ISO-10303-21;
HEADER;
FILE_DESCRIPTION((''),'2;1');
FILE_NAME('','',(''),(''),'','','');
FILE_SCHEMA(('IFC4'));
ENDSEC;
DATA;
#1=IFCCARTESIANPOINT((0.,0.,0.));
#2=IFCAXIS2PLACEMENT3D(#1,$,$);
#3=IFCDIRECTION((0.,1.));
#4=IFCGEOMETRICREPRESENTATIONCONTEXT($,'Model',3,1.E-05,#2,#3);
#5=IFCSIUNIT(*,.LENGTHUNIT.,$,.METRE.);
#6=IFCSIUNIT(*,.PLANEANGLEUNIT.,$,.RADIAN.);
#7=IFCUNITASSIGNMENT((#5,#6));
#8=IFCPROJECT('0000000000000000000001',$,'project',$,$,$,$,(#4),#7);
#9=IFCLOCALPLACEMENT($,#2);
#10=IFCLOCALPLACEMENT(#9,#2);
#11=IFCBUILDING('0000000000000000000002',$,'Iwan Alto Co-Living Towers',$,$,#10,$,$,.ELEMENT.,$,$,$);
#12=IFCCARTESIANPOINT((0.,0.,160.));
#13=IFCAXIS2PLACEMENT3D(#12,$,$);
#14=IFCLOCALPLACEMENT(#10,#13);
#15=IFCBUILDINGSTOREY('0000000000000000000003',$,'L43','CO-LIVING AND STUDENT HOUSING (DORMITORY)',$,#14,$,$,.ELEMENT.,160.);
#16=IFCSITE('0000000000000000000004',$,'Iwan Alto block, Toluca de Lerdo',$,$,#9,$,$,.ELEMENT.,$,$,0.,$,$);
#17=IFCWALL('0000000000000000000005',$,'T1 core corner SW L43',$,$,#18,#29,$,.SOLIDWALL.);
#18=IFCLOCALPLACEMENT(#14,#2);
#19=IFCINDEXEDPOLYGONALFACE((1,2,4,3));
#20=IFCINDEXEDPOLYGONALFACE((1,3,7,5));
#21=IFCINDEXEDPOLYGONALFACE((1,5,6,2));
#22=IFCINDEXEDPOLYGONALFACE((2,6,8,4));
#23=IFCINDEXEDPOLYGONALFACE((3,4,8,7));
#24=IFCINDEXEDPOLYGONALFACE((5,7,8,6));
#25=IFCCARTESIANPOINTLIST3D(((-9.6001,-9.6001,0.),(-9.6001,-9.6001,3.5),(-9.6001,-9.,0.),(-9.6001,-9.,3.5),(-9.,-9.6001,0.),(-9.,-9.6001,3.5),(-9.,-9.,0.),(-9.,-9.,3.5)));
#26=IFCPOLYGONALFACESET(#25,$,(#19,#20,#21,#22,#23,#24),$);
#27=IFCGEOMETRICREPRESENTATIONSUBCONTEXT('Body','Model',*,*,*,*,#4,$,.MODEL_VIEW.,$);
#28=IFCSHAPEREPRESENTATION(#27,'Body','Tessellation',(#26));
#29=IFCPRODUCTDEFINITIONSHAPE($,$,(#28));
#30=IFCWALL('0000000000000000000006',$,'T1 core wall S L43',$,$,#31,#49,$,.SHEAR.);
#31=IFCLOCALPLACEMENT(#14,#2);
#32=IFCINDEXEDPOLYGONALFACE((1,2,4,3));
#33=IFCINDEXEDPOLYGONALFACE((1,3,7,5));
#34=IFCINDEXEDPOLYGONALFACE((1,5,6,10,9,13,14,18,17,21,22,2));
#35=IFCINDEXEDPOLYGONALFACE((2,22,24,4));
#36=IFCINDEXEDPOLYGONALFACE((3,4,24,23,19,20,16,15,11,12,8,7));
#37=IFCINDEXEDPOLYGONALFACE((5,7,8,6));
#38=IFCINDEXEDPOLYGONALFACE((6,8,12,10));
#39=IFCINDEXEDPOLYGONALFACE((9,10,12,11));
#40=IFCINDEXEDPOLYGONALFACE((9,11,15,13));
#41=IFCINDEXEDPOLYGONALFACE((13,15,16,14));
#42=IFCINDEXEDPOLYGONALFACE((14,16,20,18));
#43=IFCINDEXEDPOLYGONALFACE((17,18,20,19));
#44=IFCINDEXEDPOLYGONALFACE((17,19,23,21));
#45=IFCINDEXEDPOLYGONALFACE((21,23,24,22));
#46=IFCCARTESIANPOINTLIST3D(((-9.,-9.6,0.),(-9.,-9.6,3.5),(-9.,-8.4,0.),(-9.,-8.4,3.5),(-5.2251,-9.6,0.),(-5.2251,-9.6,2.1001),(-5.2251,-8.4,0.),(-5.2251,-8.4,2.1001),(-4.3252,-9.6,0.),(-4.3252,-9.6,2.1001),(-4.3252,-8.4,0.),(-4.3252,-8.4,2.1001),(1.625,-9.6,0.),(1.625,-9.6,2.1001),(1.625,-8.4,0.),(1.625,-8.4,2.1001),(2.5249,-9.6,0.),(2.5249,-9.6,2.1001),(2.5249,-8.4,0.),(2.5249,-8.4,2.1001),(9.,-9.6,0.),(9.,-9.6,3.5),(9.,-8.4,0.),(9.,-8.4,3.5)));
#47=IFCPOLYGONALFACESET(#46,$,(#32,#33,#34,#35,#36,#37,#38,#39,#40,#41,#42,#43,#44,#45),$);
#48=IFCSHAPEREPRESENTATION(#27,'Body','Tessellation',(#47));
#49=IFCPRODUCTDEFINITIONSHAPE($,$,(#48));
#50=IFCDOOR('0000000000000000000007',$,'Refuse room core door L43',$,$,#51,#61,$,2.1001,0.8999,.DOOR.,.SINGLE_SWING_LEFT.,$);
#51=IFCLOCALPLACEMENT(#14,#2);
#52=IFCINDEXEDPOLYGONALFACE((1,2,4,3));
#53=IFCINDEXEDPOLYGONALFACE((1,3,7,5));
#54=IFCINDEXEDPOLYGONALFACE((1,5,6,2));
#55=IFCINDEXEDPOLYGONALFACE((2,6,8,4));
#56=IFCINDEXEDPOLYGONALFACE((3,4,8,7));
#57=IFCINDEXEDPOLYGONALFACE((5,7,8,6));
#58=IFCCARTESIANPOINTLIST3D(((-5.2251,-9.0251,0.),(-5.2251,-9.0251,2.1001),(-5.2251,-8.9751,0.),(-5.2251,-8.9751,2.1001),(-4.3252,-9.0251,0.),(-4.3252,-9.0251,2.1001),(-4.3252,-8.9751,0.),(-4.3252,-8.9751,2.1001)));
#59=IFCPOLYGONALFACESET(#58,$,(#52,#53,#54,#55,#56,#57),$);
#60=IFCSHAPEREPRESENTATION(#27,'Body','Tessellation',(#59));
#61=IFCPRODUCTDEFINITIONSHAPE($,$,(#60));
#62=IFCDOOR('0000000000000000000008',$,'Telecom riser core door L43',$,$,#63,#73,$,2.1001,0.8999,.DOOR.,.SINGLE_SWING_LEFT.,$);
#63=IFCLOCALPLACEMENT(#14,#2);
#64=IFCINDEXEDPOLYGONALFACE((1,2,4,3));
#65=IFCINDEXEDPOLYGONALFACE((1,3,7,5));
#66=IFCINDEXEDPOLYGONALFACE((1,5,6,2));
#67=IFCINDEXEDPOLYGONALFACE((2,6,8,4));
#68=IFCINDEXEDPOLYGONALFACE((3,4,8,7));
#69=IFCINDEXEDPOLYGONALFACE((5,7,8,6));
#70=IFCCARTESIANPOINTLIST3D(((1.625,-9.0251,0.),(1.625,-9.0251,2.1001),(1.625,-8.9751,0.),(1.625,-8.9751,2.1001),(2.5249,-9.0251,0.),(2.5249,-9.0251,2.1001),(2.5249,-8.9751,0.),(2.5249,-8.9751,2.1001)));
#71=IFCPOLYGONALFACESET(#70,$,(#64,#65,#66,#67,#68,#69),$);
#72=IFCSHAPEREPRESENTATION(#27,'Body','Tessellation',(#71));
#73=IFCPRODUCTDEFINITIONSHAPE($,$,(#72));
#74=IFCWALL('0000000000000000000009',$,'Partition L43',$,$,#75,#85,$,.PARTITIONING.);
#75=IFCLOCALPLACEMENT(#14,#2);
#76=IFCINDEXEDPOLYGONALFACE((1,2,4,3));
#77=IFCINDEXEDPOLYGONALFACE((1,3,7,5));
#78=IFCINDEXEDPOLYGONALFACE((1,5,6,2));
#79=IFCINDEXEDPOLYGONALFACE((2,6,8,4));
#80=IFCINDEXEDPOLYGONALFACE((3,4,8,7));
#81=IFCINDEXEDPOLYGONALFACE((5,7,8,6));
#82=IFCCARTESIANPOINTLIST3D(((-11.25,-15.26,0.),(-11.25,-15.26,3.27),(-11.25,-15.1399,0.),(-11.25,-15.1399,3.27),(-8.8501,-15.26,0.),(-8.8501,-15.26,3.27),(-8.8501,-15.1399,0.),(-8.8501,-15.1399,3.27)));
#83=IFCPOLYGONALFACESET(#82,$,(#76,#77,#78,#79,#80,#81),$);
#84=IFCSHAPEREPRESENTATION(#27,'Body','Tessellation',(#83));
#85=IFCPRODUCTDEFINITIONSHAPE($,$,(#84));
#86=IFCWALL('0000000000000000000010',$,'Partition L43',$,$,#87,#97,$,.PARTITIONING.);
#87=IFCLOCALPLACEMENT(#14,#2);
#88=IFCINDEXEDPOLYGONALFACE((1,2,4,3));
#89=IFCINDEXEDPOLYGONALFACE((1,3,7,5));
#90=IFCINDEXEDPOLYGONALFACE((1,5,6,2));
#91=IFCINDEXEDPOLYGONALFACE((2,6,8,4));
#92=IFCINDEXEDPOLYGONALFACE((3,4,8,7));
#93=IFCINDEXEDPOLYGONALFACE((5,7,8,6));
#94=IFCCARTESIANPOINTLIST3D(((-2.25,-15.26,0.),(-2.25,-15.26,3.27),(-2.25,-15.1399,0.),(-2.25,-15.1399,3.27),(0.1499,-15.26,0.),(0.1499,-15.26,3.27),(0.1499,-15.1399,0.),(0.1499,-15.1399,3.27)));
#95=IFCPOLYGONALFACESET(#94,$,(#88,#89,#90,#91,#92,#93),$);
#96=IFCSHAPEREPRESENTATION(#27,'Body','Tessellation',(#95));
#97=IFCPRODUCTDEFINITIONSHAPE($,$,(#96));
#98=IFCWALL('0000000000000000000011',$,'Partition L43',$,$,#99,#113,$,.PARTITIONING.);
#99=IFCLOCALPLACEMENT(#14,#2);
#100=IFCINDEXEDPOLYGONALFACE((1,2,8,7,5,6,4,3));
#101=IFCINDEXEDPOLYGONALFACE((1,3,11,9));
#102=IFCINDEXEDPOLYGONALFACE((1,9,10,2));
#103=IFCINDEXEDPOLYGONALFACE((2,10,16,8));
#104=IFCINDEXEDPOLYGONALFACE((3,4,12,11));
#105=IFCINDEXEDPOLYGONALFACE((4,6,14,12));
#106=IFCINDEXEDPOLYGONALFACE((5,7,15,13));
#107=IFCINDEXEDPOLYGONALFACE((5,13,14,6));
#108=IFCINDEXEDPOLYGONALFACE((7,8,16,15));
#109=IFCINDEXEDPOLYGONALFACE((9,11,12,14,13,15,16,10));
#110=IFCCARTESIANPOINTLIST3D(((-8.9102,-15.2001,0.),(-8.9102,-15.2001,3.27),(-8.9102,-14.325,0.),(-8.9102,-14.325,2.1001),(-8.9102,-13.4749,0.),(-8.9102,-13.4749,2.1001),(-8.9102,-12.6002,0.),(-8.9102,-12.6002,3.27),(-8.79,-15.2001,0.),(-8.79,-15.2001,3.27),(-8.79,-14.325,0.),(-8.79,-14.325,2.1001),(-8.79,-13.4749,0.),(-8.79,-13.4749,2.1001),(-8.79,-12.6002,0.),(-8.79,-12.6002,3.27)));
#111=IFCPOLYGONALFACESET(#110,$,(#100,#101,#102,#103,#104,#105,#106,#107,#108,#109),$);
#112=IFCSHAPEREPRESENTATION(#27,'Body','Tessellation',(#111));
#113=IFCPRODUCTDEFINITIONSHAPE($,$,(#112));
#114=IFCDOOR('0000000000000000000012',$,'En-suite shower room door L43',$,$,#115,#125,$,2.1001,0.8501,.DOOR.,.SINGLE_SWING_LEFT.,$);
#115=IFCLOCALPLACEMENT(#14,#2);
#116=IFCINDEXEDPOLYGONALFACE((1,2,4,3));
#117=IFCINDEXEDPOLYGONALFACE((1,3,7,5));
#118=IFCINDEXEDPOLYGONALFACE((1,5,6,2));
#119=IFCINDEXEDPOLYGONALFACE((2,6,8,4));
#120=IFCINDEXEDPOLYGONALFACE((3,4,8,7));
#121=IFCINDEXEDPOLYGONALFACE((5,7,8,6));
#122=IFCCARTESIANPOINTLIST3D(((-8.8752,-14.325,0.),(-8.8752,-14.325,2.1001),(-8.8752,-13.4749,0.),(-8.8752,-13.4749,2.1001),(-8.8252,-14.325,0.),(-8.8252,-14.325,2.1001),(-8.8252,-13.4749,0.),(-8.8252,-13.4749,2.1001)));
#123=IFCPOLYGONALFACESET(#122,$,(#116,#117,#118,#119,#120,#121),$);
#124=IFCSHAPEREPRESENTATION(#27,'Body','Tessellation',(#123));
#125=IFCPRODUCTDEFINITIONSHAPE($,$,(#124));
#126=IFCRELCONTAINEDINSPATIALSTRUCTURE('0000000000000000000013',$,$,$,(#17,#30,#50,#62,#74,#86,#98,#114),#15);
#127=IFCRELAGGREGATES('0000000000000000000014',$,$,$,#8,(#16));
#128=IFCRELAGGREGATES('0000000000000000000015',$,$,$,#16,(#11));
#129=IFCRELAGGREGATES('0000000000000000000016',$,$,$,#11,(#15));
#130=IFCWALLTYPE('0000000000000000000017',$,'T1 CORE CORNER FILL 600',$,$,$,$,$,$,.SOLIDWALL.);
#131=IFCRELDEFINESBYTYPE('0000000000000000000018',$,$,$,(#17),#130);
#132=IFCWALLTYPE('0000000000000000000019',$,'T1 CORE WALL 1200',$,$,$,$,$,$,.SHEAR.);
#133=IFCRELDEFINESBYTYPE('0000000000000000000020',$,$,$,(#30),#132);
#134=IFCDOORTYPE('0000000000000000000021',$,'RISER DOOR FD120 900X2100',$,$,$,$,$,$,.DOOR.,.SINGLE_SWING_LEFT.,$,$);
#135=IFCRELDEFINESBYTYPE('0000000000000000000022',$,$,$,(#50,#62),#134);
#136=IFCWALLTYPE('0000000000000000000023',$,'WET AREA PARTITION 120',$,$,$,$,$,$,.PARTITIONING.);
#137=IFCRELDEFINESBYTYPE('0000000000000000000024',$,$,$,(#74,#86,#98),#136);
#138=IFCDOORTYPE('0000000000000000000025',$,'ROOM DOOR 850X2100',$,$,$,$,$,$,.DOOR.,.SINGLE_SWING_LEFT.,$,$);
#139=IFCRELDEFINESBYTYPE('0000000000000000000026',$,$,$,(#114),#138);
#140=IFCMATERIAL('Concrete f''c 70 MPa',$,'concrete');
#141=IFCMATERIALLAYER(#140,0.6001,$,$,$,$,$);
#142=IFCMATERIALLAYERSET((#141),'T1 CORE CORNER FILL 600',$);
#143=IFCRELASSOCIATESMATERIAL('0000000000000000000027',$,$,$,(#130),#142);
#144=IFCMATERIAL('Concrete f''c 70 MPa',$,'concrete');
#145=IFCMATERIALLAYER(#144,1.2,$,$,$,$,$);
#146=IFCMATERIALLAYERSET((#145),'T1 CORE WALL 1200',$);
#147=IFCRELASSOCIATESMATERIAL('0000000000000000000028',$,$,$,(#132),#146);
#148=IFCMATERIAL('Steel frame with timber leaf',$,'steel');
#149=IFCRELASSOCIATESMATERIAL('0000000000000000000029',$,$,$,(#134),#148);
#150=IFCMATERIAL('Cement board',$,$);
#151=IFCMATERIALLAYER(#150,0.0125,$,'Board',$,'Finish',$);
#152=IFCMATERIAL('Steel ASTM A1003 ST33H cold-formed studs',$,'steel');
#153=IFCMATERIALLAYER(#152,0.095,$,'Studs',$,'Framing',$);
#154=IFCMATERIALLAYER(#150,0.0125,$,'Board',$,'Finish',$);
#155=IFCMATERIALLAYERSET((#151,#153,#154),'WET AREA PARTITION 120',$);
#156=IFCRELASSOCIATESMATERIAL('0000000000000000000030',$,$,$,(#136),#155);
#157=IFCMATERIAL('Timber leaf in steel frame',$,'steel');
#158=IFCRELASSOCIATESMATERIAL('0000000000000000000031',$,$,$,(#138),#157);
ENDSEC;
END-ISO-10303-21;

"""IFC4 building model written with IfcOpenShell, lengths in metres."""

from ifc_helpers import new_model, si_unit, direction, frame, frame_2d, origin, place, context, subcontext, project, spatial, rectangle, extrude, material, layer, layer_set, type_object, element, fill, save


model = new_model("IFC4")

# Units and contexts
model_context = context("Model", 3, precision=1e-05, world=origin(), true_north=direction((0.0, 1.0)))
body_context = subcontext(model_context, "Body", "Model", "MODEL_VIEW")
ifc_project = project(units=[si_unit("LENGTHUNIT", "METRE"), si_unit("PLANEANGLEUNIT", "RADIAN")], contexts=[model_context])

# Site, building, storey
site_placement = place(None, origin())
site = spatial("IfcSite", under=ifc_project, at=site_placement, Name="Iwan Alto block, Toluca de Lerdo", CompositionType="ELEMENT", RefElevation=0.0)
building_placement = place(site_placement, origin())
building = spatial("IfcBuilding", under=site, at=building_placement, Name="Iwan Alto Co-Living Towers", CompositionType="ELEMENT")
storey_placement = place(building_placement, frame((0.0, 0.0, 160.0)))
storey = spatial("IfcBuildingStorey", under=building, at=storey_placement, Name="L43", Description="CO-LIVING AND STUDENT HOUSING (DORMITORY)", CompositionType="ELEMENT", Elevation=160.0)

# Shared definitions
ifc_material_1 = material(Name="Steel ASTM A1003 ST33H cold-formed studs", Category="steel")

# Wall
ifc_material_2 = material(Name="Concrete f'c 70 MPa", Category="concrete")
ifc_layer_1 = layer(ifc_material_2, 0.6001)
ifc_layer_set_1 = layer_set([ifc_layer_1], Name="T1 CORE CORNER FILL 600")
wall_type_1 = type_object("IfcWallType", Name="T1 CORE CORNER FILL 600", PredefinedType="SOLIDWALL", material=ifc_layer_set_1)
wall_1_placement = place(storey_placement, frame((-9.6001, -9.3, 0.0), z_axis=(0.0, 0.0, 1.0), x_axis=(1.0, 0.0, 0.0)))
element("IfcWall", 1, at=wall_1_placement, inside=storey, type_object=wall_type_1, Name="T1 core corner SW L43", PredefinedType="SOLIDWALL", context=body_context, shape_type="SweptSolid", body=[
    extrude(rectangle(XDim=0.6001, YDim=0.6001, at=frame_2d((0.3, 0.0))), origin(), (0.0, 0.0, 1.0), 3.5),
])

# Wall, openings, doors
ifc_material_3 = material(Name="Concrete f'c 70 MPa", Category="concrete")
ifc_layer_2 = layer(ifc_material_3, 1.2)
ifc_layer_set_2 = layer_set([ifc_layer_2], Name="T1 CORE WALL 1200")
wall_type_2 = type_object("IfcWallType", Name="T1 CORE WALL 1200", PredefinedType="SHEAR", material=ifc_layer_set_2)
wall_2_placement = place(storey_placement, frame((-9.0, -9.0, 0.0), z_axis=(0.0, 0.0, 1.0), x_axis=(1.0, 0.0, 0.0)))
wall_2 = element("IfcWall", 2, at=wall_2_placement, inside=storey, type_object=wall_type_2, Name="T1 core wall S L43", PredefinedType="SHEAR", context=body_context, shape_type="SweptSolid", body=[
    extrude(rectangle(XDim=18.0, YDim=1.2, at=frame_2d((9.0, 0.0))), origin(), (0.0, 0.0, 1.0), 3.5),
])
opening_1_placement = place(wall_2_placement, frame((3.7749, 0.0, 0.0)))
opening_1 = element("IfcOpeningElement", 3, at=opening_1_placement, cuts=wall_2, PredefinedType="OPENING", context=body_context, shape_type="SweptSolid", body=[
    extrude(rectangle(XDim=0.8999, YDim=2.1001, at=frame_2d((0.45, 1.05))), frame((0.0, 0.6099, 0.0), z_axis=(0.0, -1.0, 0.0), x_axis=(1.0, 0.0, 0.0)), (0.0, 0.0, 1.0), 1.22),
])
opening_2_placement = place(wall_2_placement, frame((10.625, 0.0, 0.0)))
opening_2 = element("IfcOpeningElement", 4, at=opening_2_placement, cuts=wall_2, PredefinedType="OPENING", context=body_context, shape_type="SweptSolid", body=[
    extrude(rectangle(XDim=0.8999, YDim=2.1001, at=frame_2d((0.45, 1.05))), frame((0.0, 0.6099, 0.0), z_axis=(0.0, -1.0, 0.0), x_axis=(1.0, 0.0, 0.0)), (0.0, 0.0, 1.0), 1.22),
])
ifc_material_4 = material(Name="Steel frame with timber leaf", Category="steel")
door_type_1 = type_object("IfcDoorType", Name="RISER DOOR FD120 900X2100", OperationType="SINGLE_SWING_LEFT", PredefinedType="DOOR", material=ifc_material_4)
door_1_placement = place(opening_1_placement, origin())
door_1 = element("IfcDoor", 5, at=door_1_placement, inside=storey, type_object=door_type_1, Name="Refuse room core door L43", OperationType="SINGLE_SWING_LEFT", OverallHeight=2.1001, OverallWidth=0.8999, PredefinedType="DOOR", context=body_context, shape_type="SweptSolid", body=[
    extrude(rectangle(XDim=0.8999, YDim=2.1001, at=frame_2d((0.45, 1.05))), frame((0.0, 0.0249, 0.0), z_axis=(0.0, -1.0, 0.0), x_axis=(1.0, 0.0, 0.0)), (0.0, 0.0, 1.0), 0.05),
])
fill(opening_1, door_1)
door_2_placement = place(opening_2_placement, origin())
door_2 = element("IfcDoor", 6, at=door_2_placement, inside=storey, type_object=door_type_1, Name="Telecom riser core door L43", OperationType="SINGLE_SWING_LEFT", OverallHeight=2.1001, OverallWidth=0.8999, PredefinedType="DOOR", context=body_context, shape_type="SweptSolid", body=[
    extrude(rectangle(XDim=0.8999, YDim=2.1001, at=frame_2d((0.45, 1.05))), frame((0.0, 0.0249, 0.0), z_axis=(0.0, -1.0, 0.0), x_axis=(1.0, 0.0, 0.0)), (0.0, 0.0, 1.0), 0.05),
])
fill(opening_2, door_2)

# Walls
ifc_material_5 = material(Name="Cement board")
ifc_layer_3 = layer(ifc_material_5, 0.0125, Name="Board", Category="Finish")
ifc_layer_4 = layer(ifc_material_1, 0.095, Name="Studs", Category="Framing")
ifc_layer_5 = layer(ifc_material_5, 0.0125, Name="Board", Category="Finish")
ifc_layer_set_3 = layer_set([ifc_layer_3, ifc_layer_4, ifc_layer_5], Name="WET AREA PARTITION 120")
wall_type_3 = type_object("IfcWallType", Name="WET AREA PARTITION 120", PredefinedType="PARTITIONING", material=ifc_layer_set_3)
for number, where, z_axis, x_axis, name in (
    (7, (-11.25, -15.2, 0.0), (0.0, 0.0, 1.0), (1.0, 0.0, 0.0), "Partition L43"),
    (8, (-2.25, -15.2, 0.0), (0.0, 0.0, 1.0), (1.0, 0.0, 0.0), "Partition L43"),
):
    element("IfcWall", number, at=place(storey_placement, frame(where, z_axis=z_axis, x_axis=x_axis)), inside=storey, type_object=wall_type_3, Name=name, PredefinedType="PARTITIONING", context=body_context, shape_type="SweptSolid", body=[
        extrude(rectangle(XDim=2.3999, YDim=0.1201, at=frame_2d((1.2, 0.0))), origin(), (0.0, 0.0, 1.0), 3.27),
    ])

# Wall, opening, door
wall_3_placement = place(storey_placement, frame((-8.8501, -15.2, 0.0), z_axis=(0.0, 0.0, 1.0), x_axis=(0.0, 1.0, 0.0)))
wall_3 = element("IfcWall", 9, at=wall_3_placement, inside=storey, type_object=wall_type_3, Name="Partition L43", PredefinedType="PARTITIONING", context=body_context, shape_type="SweptSolid", body=[
    extrude(rectangle(XDim=2.5999, YDim=0.1201, at=frame_2d((1.2998, 0.0))), origin(), (0.0, 0.0, 1.0), 3.27),
])
opening_3_placement = place(wall_3_placement, frame((0.875, 0.0, 0.0)))
opening_3 = element("IfcOpeningElement", 10, at=opening_3_placement, cuts=wall_3, PredefinedType="OPENING", context=body_context, shape_type="SweptSolid", body=[
    extrude(rectangle(XDim=0.8501, YDim=2.1001, at=frame_2d((0.425, 1.05))), frame((0.0, 0.0701, 0.0), z_axis=(0.0, -1.0, 0.0), x_axis=(1.0, 0.0, 0.0)), (0.0, 0.0, 1.0), 0.1401),
])
ifc_material_6 = material(Name="Timber leaf in steel frame", Category="steel")
door_type_2 = type_object("IfcDoorType", Name="ROOM DOOR 850X2100", OperationType="SINGLE_SWING_LEFT", PredefinedType="DOOR", material=ifc_material_6)
door_3_placement = place(opening_3_placement, frame((0.8501, 0.0, 0.0), z_axis=(0.0, 0.0, 1.0), x_axis=(-1.0, 0.0, 0.0)))
door_3 = element("IfcDoor", 11, at=door_3_placement, inside=storey, type_object=door_type_2, Name="En-suite shower room door L43", OperationType="SINGLE_SWING_LEFT", OverallHeight=2.1001, OverallWidth=0.8501, PredefinedType="DOOR", context=body_context, shape_type="SweptSolid", body=[
    extrude(rectangle(XDim=0.8501, YDim=2.1001, at=frame_2d((0.425, 1.05))), frame((0.0, 0.0249, 0.0), z_axis=(0.0, -1.0, 0.0), x_axis=(1.0, 0.0, 0.0)), (0.0, 0.0, 1.0), 0.05),
])
fill(opening_3, door_3)

save(model, "model.ifc")
